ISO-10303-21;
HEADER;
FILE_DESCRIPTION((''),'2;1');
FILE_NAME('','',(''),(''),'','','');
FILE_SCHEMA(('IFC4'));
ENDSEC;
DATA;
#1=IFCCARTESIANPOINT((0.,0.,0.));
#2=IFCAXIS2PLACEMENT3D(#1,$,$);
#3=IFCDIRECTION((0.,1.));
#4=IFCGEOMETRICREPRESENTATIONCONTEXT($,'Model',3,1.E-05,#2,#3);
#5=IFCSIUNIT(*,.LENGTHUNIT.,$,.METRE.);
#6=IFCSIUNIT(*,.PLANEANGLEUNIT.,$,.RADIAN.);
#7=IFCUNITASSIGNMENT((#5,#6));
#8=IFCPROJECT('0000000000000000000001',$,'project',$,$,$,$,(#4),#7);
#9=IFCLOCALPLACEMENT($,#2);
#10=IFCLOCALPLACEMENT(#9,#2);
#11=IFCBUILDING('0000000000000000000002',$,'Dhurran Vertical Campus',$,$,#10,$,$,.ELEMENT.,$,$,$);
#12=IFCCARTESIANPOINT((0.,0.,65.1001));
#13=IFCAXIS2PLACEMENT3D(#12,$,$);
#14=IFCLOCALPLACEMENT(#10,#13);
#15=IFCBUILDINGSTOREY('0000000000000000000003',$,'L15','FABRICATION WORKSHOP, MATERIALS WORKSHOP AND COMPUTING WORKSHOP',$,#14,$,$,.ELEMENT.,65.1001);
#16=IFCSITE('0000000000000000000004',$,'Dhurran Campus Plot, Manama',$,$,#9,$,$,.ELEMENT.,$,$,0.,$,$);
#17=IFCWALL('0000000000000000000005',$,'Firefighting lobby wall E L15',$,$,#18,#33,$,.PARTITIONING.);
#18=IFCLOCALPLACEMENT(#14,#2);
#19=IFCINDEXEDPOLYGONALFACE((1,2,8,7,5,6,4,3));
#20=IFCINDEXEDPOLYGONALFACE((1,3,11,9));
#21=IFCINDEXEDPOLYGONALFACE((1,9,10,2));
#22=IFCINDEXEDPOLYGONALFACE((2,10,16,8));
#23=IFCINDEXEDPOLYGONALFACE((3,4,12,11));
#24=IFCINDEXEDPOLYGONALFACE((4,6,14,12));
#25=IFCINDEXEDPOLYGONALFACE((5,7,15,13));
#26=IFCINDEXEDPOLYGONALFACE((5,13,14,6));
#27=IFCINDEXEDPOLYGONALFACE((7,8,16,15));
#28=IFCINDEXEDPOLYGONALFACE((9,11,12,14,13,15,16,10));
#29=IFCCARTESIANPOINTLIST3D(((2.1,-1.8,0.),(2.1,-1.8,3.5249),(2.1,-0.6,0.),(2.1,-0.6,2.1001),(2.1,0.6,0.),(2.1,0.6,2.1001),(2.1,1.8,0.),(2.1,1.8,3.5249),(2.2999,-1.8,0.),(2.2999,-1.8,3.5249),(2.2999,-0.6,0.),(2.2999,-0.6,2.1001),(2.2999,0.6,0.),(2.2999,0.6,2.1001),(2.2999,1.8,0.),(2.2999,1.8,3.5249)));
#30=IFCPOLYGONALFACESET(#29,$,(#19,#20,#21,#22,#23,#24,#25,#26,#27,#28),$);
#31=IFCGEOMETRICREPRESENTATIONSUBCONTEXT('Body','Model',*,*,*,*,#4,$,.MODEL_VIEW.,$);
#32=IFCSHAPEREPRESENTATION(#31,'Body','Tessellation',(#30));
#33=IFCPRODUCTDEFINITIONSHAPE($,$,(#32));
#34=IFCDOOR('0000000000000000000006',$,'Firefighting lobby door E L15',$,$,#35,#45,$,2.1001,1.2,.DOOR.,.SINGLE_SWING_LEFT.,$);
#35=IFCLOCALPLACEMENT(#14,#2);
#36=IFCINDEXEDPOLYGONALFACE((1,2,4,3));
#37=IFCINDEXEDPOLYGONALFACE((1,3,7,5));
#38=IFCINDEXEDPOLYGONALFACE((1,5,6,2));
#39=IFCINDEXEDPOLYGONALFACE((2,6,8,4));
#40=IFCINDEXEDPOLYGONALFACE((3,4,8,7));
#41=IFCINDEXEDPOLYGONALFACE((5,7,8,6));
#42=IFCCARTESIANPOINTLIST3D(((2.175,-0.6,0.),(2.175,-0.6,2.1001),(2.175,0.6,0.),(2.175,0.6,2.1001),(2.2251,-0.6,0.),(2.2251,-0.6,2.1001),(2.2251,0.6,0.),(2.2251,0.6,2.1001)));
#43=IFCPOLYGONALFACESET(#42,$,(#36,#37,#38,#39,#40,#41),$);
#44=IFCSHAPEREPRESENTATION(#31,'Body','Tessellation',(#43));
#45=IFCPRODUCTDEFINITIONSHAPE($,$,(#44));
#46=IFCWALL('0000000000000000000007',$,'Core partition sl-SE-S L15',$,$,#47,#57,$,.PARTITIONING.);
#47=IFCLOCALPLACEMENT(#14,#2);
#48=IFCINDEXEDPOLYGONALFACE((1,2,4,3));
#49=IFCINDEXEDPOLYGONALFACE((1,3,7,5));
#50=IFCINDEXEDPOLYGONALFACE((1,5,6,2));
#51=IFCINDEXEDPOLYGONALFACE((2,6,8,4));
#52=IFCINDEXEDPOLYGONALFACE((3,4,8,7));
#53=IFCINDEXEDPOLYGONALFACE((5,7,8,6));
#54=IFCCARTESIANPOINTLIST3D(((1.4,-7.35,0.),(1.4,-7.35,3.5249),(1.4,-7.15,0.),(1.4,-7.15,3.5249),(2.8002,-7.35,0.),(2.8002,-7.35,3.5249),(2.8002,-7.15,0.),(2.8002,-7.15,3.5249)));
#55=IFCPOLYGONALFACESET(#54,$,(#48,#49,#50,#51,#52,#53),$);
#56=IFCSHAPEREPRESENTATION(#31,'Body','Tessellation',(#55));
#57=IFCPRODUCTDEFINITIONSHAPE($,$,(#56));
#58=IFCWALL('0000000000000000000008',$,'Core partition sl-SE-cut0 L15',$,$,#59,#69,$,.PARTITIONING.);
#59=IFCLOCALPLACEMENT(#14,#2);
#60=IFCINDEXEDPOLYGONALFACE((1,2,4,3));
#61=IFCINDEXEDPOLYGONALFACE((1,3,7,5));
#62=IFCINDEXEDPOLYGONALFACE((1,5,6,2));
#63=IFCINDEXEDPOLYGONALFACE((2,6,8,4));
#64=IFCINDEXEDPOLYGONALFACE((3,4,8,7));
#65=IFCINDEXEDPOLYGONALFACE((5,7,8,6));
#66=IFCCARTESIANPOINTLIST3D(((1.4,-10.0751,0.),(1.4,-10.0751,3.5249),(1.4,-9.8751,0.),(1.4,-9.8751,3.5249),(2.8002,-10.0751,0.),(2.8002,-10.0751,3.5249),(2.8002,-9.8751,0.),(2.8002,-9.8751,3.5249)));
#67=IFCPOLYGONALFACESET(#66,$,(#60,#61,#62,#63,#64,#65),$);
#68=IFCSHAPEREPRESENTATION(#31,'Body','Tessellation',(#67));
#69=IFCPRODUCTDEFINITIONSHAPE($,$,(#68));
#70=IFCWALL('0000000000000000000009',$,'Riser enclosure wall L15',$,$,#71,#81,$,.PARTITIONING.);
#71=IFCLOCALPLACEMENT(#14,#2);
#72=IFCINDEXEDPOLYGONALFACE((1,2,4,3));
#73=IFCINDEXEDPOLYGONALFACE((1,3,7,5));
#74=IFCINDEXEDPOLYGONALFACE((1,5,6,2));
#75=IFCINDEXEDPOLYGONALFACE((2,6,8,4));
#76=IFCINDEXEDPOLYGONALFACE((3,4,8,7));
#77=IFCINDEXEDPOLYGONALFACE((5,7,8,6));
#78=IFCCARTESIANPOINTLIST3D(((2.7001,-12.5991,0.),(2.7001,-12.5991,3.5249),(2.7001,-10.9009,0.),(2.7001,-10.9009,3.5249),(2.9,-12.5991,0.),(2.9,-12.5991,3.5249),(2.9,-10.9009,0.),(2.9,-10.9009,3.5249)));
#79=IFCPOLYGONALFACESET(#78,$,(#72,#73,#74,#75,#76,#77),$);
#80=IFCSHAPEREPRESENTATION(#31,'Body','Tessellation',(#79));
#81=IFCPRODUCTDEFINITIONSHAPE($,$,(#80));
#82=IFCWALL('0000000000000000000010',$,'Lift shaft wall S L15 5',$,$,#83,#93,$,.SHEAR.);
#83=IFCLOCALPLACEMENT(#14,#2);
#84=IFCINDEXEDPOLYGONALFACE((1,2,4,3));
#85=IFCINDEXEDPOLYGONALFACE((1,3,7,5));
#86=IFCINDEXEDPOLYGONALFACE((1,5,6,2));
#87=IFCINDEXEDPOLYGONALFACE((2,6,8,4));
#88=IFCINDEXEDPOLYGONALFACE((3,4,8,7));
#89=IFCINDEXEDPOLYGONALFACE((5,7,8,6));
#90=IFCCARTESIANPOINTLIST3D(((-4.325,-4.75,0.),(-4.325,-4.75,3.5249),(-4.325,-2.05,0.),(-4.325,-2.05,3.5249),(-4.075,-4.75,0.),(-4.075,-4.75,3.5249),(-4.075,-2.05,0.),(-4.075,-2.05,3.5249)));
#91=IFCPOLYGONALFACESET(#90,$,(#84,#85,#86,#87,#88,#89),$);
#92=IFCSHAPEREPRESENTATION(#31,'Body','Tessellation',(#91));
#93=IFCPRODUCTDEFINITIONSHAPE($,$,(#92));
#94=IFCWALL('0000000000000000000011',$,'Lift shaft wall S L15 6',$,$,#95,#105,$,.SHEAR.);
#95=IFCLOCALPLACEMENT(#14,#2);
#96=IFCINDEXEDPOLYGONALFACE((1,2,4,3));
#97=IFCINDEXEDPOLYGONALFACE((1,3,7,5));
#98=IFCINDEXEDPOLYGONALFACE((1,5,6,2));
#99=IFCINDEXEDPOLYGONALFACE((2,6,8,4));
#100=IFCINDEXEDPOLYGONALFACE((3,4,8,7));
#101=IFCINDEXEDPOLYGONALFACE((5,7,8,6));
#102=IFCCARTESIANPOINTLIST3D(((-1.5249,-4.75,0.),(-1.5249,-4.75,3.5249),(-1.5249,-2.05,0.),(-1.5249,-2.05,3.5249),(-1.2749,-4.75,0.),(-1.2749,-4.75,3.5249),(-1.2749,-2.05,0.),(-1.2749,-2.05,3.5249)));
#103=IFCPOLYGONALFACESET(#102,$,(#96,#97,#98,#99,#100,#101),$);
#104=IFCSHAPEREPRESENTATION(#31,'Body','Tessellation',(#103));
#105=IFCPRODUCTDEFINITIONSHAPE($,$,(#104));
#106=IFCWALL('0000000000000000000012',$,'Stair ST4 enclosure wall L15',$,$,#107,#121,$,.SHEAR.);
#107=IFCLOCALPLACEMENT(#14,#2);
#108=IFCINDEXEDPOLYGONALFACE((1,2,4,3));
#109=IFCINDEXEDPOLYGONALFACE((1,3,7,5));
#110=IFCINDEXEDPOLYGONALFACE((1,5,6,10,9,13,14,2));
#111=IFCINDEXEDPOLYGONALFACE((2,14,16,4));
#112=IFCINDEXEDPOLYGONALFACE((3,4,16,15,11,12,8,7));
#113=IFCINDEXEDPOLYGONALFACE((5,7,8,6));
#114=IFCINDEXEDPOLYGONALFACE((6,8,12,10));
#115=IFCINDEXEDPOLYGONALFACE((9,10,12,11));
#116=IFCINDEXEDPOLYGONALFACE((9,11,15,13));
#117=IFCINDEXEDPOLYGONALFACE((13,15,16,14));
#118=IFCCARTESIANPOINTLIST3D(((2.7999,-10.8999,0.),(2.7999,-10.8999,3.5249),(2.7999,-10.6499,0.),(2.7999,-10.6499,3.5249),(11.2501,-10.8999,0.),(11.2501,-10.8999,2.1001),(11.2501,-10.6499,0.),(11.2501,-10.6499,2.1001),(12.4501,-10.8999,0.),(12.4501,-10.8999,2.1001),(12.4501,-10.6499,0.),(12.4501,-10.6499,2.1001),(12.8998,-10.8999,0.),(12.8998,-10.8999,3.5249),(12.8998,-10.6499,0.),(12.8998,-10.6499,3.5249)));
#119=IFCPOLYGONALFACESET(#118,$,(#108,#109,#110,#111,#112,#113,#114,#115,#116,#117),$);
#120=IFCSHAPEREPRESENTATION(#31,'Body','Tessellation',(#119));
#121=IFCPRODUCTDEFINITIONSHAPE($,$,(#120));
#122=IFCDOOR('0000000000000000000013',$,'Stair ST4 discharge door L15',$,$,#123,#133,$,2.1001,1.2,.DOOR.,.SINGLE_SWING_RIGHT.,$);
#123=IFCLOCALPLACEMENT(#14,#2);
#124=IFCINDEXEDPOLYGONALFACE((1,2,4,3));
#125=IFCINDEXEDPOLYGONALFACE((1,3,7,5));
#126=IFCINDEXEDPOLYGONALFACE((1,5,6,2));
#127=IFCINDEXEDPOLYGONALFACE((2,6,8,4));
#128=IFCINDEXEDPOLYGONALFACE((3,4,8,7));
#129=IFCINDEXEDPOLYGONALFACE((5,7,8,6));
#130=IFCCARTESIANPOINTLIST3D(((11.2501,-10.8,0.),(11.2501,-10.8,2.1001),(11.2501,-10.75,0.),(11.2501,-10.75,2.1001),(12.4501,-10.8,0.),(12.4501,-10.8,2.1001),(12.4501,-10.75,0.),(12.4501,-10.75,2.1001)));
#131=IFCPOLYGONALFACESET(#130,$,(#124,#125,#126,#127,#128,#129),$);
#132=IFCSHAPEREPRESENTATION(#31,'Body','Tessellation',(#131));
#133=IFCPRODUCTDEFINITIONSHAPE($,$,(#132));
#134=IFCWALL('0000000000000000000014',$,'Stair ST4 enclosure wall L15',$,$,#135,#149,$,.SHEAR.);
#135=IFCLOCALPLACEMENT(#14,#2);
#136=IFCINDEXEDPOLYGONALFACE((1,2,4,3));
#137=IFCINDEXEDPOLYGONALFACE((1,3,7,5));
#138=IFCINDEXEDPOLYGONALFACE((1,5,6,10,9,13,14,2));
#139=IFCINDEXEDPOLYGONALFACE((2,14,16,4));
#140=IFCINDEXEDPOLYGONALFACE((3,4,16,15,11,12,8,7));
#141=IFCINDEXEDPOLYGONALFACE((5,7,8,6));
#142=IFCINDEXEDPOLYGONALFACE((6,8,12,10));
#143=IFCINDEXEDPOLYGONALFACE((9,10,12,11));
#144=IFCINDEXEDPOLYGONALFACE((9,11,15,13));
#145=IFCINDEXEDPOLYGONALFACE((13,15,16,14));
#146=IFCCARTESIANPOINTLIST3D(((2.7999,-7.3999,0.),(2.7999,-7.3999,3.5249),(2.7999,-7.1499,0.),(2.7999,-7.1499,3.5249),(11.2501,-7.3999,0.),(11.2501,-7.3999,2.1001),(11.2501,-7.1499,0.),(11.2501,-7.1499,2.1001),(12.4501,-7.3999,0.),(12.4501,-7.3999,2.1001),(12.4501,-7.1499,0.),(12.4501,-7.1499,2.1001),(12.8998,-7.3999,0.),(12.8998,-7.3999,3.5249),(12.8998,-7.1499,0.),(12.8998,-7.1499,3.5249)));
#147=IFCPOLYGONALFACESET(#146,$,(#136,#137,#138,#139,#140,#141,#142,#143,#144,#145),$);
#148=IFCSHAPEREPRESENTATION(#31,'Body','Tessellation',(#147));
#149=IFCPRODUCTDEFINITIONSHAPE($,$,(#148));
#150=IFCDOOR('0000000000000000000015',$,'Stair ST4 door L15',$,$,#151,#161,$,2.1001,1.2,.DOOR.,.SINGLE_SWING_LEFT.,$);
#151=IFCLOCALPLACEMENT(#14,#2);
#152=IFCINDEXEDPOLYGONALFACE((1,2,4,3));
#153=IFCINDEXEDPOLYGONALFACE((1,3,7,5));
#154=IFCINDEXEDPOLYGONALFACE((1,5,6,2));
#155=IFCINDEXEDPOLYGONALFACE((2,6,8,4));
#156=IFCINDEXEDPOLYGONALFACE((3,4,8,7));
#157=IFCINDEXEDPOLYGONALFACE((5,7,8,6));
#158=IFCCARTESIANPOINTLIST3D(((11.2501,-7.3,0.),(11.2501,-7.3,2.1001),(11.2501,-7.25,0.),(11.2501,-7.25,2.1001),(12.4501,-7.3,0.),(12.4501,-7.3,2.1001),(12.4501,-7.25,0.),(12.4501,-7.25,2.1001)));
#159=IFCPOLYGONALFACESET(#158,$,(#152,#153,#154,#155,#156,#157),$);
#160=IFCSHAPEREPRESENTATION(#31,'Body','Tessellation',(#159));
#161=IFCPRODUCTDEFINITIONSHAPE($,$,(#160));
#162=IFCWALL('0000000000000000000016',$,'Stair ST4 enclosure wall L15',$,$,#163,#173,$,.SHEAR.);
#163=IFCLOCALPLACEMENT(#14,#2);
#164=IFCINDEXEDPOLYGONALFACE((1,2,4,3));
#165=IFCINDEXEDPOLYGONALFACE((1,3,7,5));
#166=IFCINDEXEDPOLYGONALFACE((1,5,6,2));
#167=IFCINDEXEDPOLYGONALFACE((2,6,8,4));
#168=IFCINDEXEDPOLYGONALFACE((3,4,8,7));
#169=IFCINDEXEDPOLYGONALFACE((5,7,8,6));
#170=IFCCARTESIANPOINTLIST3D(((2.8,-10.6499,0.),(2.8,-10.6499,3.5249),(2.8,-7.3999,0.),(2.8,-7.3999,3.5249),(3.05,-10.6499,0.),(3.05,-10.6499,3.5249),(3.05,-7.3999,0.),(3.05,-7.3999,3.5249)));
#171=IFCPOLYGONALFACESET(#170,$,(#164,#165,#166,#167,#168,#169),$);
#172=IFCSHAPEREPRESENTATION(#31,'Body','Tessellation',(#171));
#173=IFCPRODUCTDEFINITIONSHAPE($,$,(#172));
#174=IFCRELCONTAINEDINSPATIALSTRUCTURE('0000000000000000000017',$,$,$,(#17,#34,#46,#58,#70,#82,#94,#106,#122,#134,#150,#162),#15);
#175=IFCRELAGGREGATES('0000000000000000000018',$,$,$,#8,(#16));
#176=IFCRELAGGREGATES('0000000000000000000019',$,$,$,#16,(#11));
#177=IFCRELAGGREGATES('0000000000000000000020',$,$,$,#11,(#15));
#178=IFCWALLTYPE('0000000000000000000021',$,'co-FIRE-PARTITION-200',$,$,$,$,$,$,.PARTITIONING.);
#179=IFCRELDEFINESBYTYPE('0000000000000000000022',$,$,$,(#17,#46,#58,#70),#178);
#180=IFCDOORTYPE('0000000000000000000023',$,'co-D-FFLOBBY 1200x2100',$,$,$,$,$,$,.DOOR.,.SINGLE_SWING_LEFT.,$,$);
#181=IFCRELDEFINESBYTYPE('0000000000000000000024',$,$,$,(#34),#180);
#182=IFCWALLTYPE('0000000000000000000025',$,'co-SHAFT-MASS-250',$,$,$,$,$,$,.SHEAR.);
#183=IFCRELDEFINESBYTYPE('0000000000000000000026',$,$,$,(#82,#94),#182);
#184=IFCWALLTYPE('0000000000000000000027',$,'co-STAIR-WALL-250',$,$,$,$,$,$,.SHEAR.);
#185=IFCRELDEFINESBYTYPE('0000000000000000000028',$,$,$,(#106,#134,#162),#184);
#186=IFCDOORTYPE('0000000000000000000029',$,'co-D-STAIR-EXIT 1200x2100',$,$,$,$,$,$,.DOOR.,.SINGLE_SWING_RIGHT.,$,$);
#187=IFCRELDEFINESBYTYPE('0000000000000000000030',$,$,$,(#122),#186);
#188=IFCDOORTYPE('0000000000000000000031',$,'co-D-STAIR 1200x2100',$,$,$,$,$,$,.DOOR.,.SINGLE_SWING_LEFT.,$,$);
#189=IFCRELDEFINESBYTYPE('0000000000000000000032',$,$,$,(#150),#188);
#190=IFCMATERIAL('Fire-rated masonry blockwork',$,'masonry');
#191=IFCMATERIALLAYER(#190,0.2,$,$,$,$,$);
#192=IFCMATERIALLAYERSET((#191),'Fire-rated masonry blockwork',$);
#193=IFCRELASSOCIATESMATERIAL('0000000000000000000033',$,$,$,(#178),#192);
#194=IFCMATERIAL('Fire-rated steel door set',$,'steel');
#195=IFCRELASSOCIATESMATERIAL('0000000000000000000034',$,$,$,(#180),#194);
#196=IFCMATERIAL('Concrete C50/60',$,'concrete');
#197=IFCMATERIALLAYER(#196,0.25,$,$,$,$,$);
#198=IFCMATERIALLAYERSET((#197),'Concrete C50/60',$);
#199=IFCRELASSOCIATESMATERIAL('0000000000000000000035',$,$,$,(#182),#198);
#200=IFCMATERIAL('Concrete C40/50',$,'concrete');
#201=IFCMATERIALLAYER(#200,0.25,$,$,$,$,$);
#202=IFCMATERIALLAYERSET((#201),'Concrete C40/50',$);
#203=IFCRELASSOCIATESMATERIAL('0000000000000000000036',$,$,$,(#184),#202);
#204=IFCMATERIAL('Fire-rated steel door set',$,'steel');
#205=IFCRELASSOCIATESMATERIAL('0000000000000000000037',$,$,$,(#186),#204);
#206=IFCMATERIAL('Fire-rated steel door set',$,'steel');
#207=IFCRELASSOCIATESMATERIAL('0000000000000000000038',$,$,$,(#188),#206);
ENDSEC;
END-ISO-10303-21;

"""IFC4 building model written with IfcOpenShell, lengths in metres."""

from ifc_helpers import new_model, si_unit, direction, frame, frame_2d, origin, place, context, subcontext, project, spatial, polyline, rectangle, outline, extrude, material, layer, layer_set, type_object, element, fill, save


model = new_model("IFC4")

# Units and contexts
model_context = context("Model", 3, precision=1e-05, world=origin(), true_north=direction((0.0, 1.0)))
body_context = subcontext(model_context, "Body", "Model", "MODEL_VIEW")
ifc_project = project(units=[si_unit("LENGTHUNIT", "METRE"), si_unit("PLANEANGLEUNIT", "RADIAN")], contexts=[model_context])

# Site, building, storey
site_placement = place(None, origin())
site = spatial("IfcSite", under=ifc_project, at=site_placement, Name="Dhurran Campus Plot, Manama", CompositionType="ELEMENT", RefElevation=0.0)
building_placement = place(site_placement, origin())
building = spatial("IfcBuilding", under=site, at=building_placement, Name="Dhurran Vertical Campus", CompositionType="ELEMENT")
storey_placement = place(building_placement, frame((0.0, 0.0, 65.1001)))
storey = spatial("IfcBuildingStorey", under=building, at=storey_placement, Name="L15", Description="FABRICATION WORKSHOP, MATERIALS WORKSHOP AND COMPUTING WORKSHOP", CompositionType="ELEMENT", Elevation=65.1001)

# Wall, opening, door
ifc_material_1 = material(Name="Fire-rated masonry blockwork", Category="masonry")
ifc_layer_1 = layer(ifc_material_1, 0.2)
ifc_layer_set_1 = layer_set([ifc_layer_1], Name="Fire-rated masonry blockwork")
wall_type_1 = type_object("IfcWallType", Name="co-FIRE-PARTITION-200", PredefinedType="PARTITIONING", material=ifc_layer_set_1)
wall_1_placement = place(storey_placement, frame((2.2, -1.8, 0.0), z_axis=(0.0, 0.0, 1.0), x_axis=(0.0, 1.0, 0.0)))
wall_1 = element("IfcWall", 1, at=wall_1_placement, inside=storey, type_object=wall_type_1, Name="Firefighting lobby wall E L15", PredefinedType="PARTITIONING", context=body_context, shape_type="SweptSolid", body=[
    extrude(rectangle(XDim=3.6001, YDim=0.2, at=frame_2d((1.8, 0.0))), origin(), (0.0, 0.0, 1.0), 3.5249),
])
opening_1_placement = place(wall_1_placement, frame((1.2, 0.0, 0.0)))
opening_1 = element("IfcOpeningElement", 2, at=opening_1_placement, cuts=wall_1, PredefinedType="OPENING", context=body_context, shape_type="SweptSolid", body=[
    extrude(rectangle(XDim=1.2, YDim=2.1001, at=frame_2d((0.6001, 1.05))), frame((0.0, 0.1099, 0.0), z_axis=(0.0, -1.0, 0.0), x_axis=(1.0, 0.0, 0.0)), (0.0, 0.0, 1.0), 0.22),
])
ifc_material_2 = material(Name="Fire-rated steel door set", Category="steel")
door_type_1 = type_object("IfcDoorType", Name="co-D-FFLOBBY 1200x2100", OperationType="SINGLE_SWING_LEFT", PredefinedType="DOOR", material=ifc_material_2)
door_1_placement = place(opening_1_placement, origin())
door_1 = element("IfcDoor", 3, at=door_1_placement, inside=storey, type_object=door_type_1, Name="Firefighting lobby door E L15", OperationType="SINGLE_SWING_LEFT", OverallHeight=2.1001, OverallWidth=1.2, PredefinedType="DOOR", context=body_context, shape_type="SweptSolid", body=[
    extrude(rectangle(XDim=1.2, YDim=2.1001, at=frame_2d((0.6001, 1.05))), frame((0.0, 0.0249, 0.0), z_axis=(0.0, -1.0, 0.0), x_axis=(1.0, 0.0, 0.0)), (0.0, 0.0, 1.0), 0.05),
])
fill(opening_1, door_1)

# Walls
for number, where, z_axis, x_axis, name in (
    (4, (1.3999, -7.25, 0.0), (0.0, 0.0, 1.0), (1.0, 0.0, 0.0), "Core partition sl-SE-S L15"),
    (5, (1.3999, -9.9751, 0.0), (0.0, 0.0, 1.0), (1.0, 0.0, 0.0), "Core partition sl-SE-cut0 L15"),
):
    element("IfcWall", number, at=place(storey_placement, frame(where, z_axis=z_axis, x_axis=x_axis)), inside=storey, type_object=wall_type_1, Name=name, PredefinedType="PARTITIONING", context=body_context, shape_type="SweptSolid", body=[
        extrude(rectangle(XDim=1.4001, YDim=0.2, at=frame_2d((0.7002, 0.0))), origin(), (0.0, 0.0, 1.0), 3.5249),
    ])
wall_2_placement = place(storey_placement, frame((2.8, -10.9009, 0.0), z_axis=(0.0, 0.0, 1.0), x_axis=(0.0, -1.0, 0.0)))
element("IfcWall", 6, at=wall_2_placement, inside=storey, type_object=wall_type_1, Name="Riser enclosure wall L15", PredefinedType="PARTITIONING", context=body_context, shape_type="SweptSolid", body=[
    extrude(rectangle(XDim=1.6982, YDim=0.2, at=frame_2d((0.8491, 0.0))), origin(), (0.0, 0.0, 1.0), 3.5249),
])
ifc_material_3 = material(Name="Concrete C50/60", Category="concrete")
ifc_layer_2 = layer(ifc_material_3, 0.25)
ifc_layer_set_2 = layer_set([ifc_layer_2], Name="Concrete C50/60")
wall_type_2 = type_object("IfcWallType", Name="co-SHAFT-MASS-250", PredefinedType="SHEAR", material=ifc_layer_set_2)
wall_3_placement = place(storey_placement, origin())
element("IfcWall", 7, at=wall_3_placement, inside=storey, type_object=wall_type_2, Name="Lift shaft wall S L15 5", PredefinedType="SHEAR", context=body_context, shape_type="SweptSolid", body=[
    extrude(outline(polyline([(-4.325, -4.75), (-4.075, -4.75), (-4.075, -2.05), (-4.325, -2.05), (-4.325, -4.75)])), origin(), (0.0, 0.0, 1.0), 3.5249),
])
wall_4_placement = place(storey_placement, origin())
element("IfcWall", 8, at=wall_4_placement, inside=storey, type_object=wall_type_2, Name="Lift shaft wall S L15 6", PredefinedType="SHEAR", context=body_context, shape_type="SweptSolid", body=[
    extrude(outline(polyline([(-1.5249, -4.75), (-1.2749, -4.75), (-1.2749, -2.05), (-1.5249, -2.05), (-1.5249, -4.75)])), origin(), (0.0, 0.0, 1.0), 3.5249),
])

# Walls, openings, doors
ifc_material_4 = material(Name="Concrete C40/50", Category="concrete")
ifc_layer_3 = layer(ifc_material_4, 0.25)
ifc_layer_set_3 = layer_set([ifc_layer_3], Name="Concrete C40/50")
wall_type_3 = type_object("IfcWallType", Name="co-STAIR-WALL-250", PredefinedType="SHEAR", material=ifc_layer_set_3)
wall_5_placement = place(storey_placement, frame((2.8, -10.7749, 0.0), z_axis=(0.0, 0.0, 1.0), x_axis=(1.0, 0.0, 0.0)))
wall_5 = element("IfcWall", 9, at=wall_5_placement, inside=storey, type_object=wall_type_3, Name="Stair ST4 enclosure wall L15", PredefinedType="SHEAR", context=body_context, shape_type="SweptSolid", body=[
    extrude(rectangle(XDim=10.0999, YDim=0.25, at=frame_2d((5.0498, 0.0))), origin(), (0.0, 0.0, 1.0), 3.5249),
])
opening_2_placement = place(wall_5_placement, frame((8.45, 0.0, 0.0)))
opening_2 = element("IfcOpeningElement", 10, at=opening_2_placement, cuts=wall_5, PredefinedType="OPENING", context=body_context, shape_type="SweptSolid", body=[
    extrude(rectangle(XDim=1.2, YDim=2.1001, at=frame_2d((0.6001, 1.05))), frame((0.0, 0.135, 0.0), z_axis=(0.0, -1.0, 0.0), x_axis=(1.0, 0.0, 0.0)), (0.0, 0.0, 1.0), 0.27),
])
ifc_material_5 = material(Name="Fire-rated steel door set", Category="steel")
door_type_2 = type_object("IfcDoorType", Name="co-D-STAIR-EXIT 1200x2100", OperationType="SINGLE_SWING_RIGHT", PredefinedType="DOOR", material=ifc_material_5)
door_2_placement = place(opening_2_placement, origin())
door_2 = element("IfcDoor", 11, at=door_2_placement, inside=storey, type_object=door_type_2, Name="Stair ST4 discharge door L15", OperationType="SINGLE_SWING_RIGHT", OverallHeight=2.1001, OverallWidth=1.2, PredefinedType="DOOR", context=body_context, shape_type="SweptSolid", body=[
    extrude(rectangle(XDim=1.2, YDim=2.1001, at=frame_2d((0.6001, 1.05))), frame((0.0, 0.0249, 0.0), z_axis=(0.0, -1.0, 0.0), x_axis=(1.0, 0.0, 0.0)), (0.0, 0.0, 1.0), 0.05),
])
fill(opening_2, door_2)
wall_6_placement = place(storey_placement, frame((2.8, -7.2749, 0.0), z_axis=(0.0, 0.0, 1.0), x_axis=(1.0, 0.0, 0.0)))
wall_6 = element("IfcWall", 12, at=wall_6_placement, inside=storey, type_object=wall_type_3, Name="Stair ST4 enclosure wall L15", PredefinedType="SHEAR", context=body_context, shape_type="SweptSolid", body=[
    extrude(rectangle(XDim=10.0999, YDim=0.25, at=frame_2d((5.0498, 0.0))), origin(), (0.0, 0.0, 1.0), 3.5249),
])
opening_3_placement = place(wall_6_placement, frame((8.45, 0.0, 0.0)))
opening_3 = element("IfcOpeningElement", 13, at=opening_3_placement, cuts=wall_6, PredefinedType="OPENING", context=body_context, shape_type="SweptSolid", body=[
    extrude(rectangle(XDim=1.2, YDim=2.1001, at=frame_2d((0.6001, 1.05))), frame((0.0, 0.135, 0.0), z_axis=(0.0, -1.0, 0.0), x_axis=(1.0, 0.0, 0.0)), (0.0, 0.0, 1.0), 0.27),
])
ifc_material_6 = material(Name="Fire-rated steel door set", Category="steel")
door_type_3 = type_object("IfcDoorType", Name="co-D-STAIR 1200x2100", OperationType="SINGLE_SWING_LEFT", PredefinedType="DOOR", material=ifc_material_6)
door_3_placement = place(opening_3_placement, origin())
door_3 = element("IfcDoor", 14, at=door_3_placement, inside=storey, type_object=door_type_3, Name="Stair ST4 door L15", OperationType="SINGLE_SWING_LEFT", OverallHeight=2.1001, OverallWidth=1.2, PredefinedType="DOOR", context=body_context, shape_type="SweptSolid", body=[
    extrude(rectangle(XDim=1.2, YDim=2.1001, at=frame_2d((0.6001, 1.05))), frame((0.0, 0.0249, 0.0), z_axis=(0.0, -1.0, 0.0), x_axis=(1.0, 0.0, 0.0)), (0.0, 0.0, 1.0), 0.05),
])
fill(opening_3, door_3)

# Wall
for number, where, z_axis, x_axis, name in (
    (15, (2.925, -10.6499, 0.0), (0.0, 0.0, 1.0), (0.0, 1.0, 0.0), "Stair ST4 enclosure wall L15"),
):
    element("IfcWall", number, at=place(storey_placement, frame(where, z_axis=z_axis, x_axis=x_axis)), inside=storey, type_object=wall_type_3, Name=name, PredefinedType="SHEAR", context=body_context, shape_type="SweptSolid", body=[
        extrude(rectangle(XDim=3.25, YDim=0.25, at=frame_2d((1.625, 0.0))), origin(), (0.0, 0.0, 1.0), 3.5249),
    ])

save(model, "model.ifc")
